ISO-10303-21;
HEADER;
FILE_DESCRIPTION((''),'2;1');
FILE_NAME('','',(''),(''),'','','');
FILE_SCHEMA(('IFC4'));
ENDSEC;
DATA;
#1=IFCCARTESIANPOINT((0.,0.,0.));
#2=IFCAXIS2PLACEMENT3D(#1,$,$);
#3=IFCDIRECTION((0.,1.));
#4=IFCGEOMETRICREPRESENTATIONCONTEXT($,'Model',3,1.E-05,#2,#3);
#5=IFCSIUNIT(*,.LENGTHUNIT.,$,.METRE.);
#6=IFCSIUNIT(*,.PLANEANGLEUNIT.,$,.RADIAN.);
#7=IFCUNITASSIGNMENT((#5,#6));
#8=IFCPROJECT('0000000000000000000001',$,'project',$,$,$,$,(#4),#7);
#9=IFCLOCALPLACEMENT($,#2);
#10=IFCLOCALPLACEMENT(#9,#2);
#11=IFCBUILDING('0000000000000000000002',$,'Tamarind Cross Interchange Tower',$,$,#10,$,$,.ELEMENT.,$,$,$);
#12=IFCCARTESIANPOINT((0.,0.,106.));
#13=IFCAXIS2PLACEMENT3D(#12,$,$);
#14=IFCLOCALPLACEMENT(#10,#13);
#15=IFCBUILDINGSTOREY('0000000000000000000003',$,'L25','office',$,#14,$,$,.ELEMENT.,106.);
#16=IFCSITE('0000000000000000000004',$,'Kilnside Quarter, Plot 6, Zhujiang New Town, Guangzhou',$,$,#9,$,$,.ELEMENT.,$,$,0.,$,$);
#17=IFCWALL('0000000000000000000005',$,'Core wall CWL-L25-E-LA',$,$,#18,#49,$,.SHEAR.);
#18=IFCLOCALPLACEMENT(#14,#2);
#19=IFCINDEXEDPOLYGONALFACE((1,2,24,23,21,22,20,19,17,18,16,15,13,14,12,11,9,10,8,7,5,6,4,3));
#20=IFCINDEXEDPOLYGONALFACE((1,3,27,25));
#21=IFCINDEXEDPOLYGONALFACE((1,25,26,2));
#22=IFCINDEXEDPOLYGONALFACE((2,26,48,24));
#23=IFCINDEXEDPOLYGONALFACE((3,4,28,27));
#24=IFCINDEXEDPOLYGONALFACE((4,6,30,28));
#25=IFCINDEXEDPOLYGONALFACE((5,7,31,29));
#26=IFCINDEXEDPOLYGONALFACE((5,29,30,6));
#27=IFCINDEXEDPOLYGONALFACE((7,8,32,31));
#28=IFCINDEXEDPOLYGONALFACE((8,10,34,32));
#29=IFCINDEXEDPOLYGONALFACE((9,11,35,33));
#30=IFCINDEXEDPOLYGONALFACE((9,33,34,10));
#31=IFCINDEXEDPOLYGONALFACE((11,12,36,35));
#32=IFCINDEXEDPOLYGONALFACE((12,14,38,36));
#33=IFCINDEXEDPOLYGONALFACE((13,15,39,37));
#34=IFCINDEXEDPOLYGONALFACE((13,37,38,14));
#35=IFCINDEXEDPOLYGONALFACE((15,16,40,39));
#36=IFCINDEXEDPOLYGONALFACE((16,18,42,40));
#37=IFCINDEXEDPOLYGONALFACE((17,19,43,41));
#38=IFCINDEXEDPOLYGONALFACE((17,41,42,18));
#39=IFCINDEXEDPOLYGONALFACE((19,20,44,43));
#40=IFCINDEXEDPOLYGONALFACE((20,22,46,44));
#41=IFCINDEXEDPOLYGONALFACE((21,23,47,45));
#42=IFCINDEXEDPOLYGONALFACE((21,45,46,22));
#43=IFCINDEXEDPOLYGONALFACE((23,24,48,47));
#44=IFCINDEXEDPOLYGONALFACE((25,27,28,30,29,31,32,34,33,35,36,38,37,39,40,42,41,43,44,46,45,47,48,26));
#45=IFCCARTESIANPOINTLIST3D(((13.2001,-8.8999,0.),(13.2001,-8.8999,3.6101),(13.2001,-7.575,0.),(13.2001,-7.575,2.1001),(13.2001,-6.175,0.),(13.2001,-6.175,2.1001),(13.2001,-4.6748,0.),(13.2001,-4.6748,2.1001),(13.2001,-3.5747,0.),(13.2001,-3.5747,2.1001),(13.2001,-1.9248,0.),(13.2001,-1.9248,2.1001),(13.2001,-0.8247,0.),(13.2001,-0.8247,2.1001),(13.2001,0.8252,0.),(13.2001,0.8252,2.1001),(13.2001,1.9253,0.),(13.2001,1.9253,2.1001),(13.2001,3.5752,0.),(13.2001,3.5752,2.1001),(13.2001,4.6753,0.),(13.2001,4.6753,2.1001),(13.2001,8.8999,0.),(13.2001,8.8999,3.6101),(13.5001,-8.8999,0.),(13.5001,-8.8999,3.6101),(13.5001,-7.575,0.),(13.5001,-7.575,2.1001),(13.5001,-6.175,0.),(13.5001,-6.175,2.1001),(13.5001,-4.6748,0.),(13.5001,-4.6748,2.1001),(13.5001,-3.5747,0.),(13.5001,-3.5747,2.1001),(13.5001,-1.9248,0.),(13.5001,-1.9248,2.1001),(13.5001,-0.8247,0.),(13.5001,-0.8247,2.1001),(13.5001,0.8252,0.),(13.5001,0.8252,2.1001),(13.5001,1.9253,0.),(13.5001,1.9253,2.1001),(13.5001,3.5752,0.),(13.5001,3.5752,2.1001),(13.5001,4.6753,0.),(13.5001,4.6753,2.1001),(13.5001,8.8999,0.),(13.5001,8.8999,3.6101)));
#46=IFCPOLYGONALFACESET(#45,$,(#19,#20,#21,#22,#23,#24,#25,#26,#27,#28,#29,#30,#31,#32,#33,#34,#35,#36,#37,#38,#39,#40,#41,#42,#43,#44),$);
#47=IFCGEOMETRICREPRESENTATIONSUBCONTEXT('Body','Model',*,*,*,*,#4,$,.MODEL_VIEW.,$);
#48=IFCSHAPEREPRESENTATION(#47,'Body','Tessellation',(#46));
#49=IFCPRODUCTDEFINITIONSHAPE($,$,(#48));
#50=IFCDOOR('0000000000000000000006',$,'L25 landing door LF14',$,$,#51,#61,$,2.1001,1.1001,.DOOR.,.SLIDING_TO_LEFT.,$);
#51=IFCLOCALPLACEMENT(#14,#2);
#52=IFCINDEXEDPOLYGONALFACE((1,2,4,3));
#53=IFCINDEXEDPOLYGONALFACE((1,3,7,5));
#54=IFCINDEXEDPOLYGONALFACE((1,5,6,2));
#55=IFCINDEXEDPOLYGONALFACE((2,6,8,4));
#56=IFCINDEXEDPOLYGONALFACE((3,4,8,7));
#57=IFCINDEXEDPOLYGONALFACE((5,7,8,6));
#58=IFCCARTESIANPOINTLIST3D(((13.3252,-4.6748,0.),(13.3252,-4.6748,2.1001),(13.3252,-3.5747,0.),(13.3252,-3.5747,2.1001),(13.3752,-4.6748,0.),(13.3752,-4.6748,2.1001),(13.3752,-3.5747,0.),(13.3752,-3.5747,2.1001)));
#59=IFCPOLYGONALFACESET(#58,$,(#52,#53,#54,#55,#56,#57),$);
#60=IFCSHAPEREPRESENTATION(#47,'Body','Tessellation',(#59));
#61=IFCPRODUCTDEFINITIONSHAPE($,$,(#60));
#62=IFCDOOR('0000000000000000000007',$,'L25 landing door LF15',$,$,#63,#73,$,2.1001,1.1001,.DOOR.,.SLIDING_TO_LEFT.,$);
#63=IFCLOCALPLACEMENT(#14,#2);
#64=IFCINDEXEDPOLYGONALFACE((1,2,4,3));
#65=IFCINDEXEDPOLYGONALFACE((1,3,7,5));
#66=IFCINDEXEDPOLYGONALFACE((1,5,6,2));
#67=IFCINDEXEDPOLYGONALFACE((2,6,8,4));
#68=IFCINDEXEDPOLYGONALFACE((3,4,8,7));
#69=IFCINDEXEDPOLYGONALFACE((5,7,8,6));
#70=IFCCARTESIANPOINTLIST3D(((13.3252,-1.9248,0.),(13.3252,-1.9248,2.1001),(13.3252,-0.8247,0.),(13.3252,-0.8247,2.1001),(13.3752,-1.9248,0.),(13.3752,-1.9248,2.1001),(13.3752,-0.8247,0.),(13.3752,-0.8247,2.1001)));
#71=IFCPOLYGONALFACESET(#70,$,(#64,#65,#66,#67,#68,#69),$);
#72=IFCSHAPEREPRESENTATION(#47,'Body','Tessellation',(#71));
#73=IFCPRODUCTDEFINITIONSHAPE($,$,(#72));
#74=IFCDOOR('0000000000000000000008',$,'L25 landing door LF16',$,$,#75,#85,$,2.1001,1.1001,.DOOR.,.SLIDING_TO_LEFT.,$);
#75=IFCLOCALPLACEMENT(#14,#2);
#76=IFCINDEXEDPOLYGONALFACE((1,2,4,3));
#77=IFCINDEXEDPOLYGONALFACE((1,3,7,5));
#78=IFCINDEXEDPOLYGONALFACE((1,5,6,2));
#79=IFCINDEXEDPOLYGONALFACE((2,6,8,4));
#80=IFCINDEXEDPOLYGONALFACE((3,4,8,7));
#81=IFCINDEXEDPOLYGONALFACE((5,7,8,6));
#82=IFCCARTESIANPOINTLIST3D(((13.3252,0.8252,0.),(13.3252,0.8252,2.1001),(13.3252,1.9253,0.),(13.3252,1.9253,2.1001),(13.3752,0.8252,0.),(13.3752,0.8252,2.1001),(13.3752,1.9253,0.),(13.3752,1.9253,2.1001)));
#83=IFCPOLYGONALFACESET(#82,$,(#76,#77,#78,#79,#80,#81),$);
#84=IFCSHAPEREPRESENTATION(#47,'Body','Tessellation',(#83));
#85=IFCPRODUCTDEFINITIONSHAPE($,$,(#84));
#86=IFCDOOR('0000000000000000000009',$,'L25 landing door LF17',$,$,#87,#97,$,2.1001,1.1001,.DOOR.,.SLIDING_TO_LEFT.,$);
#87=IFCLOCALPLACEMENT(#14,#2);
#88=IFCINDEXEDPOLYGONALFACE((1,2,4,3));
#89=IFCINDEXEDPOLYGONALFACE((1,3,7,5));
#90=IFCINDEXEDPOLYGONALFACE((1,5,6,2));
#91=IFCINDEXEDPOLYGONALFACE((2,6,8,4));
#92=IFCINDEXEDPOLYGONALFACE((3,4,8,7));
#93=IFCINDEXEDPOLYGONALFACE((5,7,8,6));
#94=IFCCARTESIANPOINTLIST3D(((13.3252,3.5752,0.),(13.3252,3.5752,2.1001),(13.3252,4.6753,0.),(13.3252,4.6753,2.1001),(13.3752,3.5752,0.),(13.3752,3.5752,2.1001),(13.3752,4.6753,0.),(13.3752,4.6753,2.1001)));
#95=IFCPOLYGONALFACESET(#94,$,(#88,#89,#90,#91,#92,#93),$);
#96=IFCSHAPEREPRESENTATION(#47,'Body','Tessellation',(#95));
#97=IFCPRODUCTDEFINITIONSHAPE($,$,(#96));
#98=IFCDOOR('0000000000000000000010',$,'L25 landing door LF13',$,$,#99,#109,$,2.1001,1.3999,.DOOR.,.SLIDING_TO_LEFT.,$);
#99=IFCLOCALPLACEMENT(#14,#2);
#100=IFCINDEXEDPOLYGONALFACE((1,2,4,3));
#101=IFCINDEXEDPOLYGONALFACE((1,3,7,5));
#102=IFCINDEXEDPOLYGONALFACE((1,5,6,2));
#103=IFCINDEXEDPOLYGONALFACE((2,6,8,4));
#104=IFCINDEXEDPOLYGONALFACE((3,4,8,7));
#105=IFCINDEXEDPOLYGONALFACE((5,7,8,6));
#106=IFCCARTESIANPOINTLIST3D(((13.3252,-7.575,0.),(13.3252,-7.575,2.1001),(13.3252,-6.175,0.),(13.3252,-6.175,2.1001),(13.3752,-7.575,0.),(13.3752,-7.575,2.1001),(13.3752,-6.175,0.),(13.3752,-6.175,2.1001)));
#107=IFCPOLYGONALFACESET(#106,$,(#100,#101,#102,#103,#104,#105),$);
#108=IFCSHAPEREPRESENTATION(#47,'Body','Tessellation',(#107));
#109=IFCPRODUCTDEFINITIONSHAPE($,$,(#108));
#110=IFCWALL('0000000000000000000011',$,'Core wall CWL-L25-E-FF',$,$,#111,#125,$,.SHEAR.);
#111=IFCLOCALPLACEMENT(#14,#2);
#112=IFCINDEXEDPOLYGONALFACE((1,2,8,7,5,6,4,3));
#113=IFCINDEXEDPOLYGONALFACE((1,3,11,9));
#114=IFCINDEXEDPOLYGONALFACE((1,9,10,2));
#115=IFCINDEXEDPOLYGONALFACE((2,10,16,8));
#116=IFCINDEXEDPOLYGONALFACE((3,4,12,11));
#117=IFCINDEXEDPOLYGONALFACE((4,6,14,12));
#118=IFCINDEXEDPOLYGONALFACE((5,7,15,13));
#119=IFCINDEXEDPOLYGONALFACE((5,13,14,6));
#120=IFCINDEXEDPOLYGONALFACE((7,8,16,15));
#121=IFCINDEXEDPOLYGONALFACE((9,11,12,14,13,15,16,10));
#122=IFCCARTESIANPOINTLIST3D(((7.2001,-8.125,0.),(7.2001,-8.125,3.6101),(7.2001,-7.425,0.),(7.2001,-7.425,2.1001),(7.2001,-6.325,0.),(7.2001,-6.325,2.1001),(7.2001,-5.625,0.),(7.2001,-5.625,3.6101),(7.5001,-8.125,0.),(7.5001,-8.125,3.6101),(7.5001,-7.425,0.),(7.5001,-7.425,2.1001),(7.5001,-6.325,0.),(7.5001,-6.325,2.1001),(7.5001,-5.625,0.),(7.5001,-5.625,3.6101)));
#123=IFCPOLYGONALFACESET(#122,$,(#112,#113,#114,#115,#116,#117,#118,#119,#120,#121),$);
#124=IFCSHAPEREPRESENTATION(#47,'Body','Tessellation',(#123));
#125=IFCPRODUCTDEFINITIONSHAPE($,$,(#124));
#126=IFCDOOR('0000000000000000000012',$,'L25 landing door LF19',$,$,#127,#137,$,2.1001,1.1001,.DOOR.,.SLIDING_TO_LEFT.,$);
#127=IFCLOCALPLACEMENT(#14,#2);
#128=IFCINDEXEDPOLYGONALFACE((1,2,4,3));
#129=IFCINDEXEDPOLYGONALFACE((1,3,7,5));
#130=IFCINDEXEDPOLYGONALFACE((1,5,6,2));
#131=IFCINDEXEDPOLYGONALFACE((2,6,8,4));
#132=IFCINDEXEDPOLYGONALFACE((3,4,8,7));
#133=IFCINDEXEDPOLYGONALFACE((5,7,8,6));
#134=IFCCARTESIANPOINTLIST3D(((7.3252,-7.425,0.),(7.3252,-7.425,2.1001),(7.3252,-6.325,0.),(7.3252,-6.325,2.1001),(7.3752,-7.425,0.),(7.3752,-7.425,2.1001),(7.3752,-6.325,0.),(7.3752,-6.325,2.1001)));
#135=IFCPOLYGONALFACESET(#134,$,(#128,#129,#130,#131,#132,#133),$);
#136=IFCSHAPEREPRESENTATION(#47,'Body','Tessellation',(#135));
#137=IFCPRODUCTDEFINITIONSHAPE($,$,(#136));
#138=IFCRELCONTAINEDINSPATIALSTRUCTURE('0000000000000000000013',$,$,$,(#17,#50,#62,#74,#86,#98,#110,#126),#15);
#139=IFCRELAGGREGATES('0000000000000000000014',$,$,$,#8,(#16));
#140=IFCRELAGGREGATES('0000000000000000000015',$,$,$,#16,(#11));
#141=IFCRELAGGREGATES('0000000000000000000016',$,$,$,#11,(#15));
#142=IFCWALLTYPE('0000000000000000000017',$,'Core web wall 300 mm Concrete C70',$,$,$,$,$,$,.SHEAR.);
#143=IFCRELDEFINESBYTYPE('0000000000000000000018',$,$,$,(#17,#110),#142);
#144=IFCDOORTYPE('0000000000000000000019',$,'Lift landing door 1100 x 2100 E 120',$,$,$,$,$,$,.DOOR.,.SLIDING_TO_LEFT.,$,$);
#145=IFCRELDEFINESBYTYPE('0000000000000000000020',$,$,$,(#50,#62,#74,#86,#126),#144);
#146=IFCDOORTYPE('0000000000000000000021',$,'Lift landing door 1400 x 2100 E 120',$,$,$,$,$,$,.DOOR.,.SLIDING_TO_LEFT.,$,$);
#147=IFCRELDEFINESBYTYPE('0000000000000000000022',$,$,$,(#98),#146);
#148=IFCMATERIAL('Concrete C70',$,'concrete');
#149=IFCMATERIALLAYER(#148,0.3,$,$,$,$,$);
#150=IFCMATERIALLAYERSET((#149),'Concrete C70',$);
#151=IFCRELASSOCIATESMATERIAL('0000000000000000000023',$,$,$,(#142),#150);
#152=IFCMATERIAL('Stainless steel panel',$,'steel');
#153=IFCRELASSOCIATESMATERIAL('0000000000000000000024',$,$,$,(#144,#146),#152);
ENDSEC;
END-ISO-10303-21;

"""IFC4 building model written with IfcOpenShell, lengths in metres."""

from ifc_helpers import new_model, si_unit, direction, frame, frame_2d, origin, place, context, subcontext, project, spatial, rectangle, extrude, material, layer, layer_set, type_object, element, fill, save


model = new_model("IFC4")

# Units and contexts
model_context = context("Model", 3, precision=1e-05, world=origin(), true_north=direction((0.0, 1.0)))
body_context = subcontext(model_context, "Body", "Model", "MODEL_VIEW")
ifc_project = project(units=[si_unit("LENGTHUNIT", "METRE"), si_unit("PLANEANGLEUNIT", "RADIAN")], contexts=[model_context])

# Site, building, storey
site_placement = place(None, origin())
site = spatial("IfcSite", under=ifc_project, at=site_placement, Name="Kilnside Quarter, Plot 6, Zhujiang New Town, Guangzhou", CompositionType="ELEMENT", RefElevation=0.0)
building_placement = place(site_placement, origin())
building = spatial("IfcBuilding", under=site, at=building_placement, Name="Tamarind Cross Interchange Tower", CompositionType="ELEMENT")
storey_placement = place(building_placement, frame((0.0, 0.0, 106.0)))
storey = spatial("IfcBuildingStorey", under=building, at=storey_placement, Name="L25", Description="office", CompositionType="ELEMENT", Elevation=106.0)

# Wall, openings, doors
ifc_material_1 = material(Name="Concrete C70", Category="concrete")
ifc_layer_1 = layer(ifc_material_1, 0.3)
ifc_layer_set_1 = layer_set([ifc_layer_1], Name="Concrete C70")
wall_type_1 = type_object("IfcWallType", Name="Core web wall 300 mm Concrete C70", PredefinedType="SHEAR", material=ifc_layer_set_1)
wall_1_placement = place(storey_placement, frame((13.3501, -8.8999, 0.0), z_axis=(0.0, 0.0, 1.0), x_axis=(0.0, 1.0, 0.0)))
wall_1 = element("IfcWall", 1, at=wall_1_placement, inside=storey, type_object=wall_type_1, Name="Core wall CWL-L25-E-LA", PredefinedType="SHEAR", context=body_context, shape_type="SweptSolid", body=[
    extrude(rectangle(XDim=17.7998, YDim=0.3, at=frame_2d((8.8999, 0.0))), origin(), (0.0, 0.0, 1.0), 3.6101),
])
opening_1_placement = place(wall_1_placement, frame((1.325, 0.0, 0.0)))
opening_1 = element("IfcOpeningElement", 2, at=opening_1_placement, cuts=wall_1, PredefinedType="OPENING", context=body_context, shape_type="SweptSolid", body=[
    extrude(rectangle(XDim=1.3999, YDim=2.1001, at=frame_2d((0.7, 1.05))), frame((0.0, 0.1599, 0.0), z_axis=(0.0, -1.0, 0.0), x_axis=(1.0, 0.0, 0.0)), (0.0, 0.0, 1.0), 0.3201),
])
opening_2_placement = place(wall_1_placement, frame((4.2251, 0.0, 0.0)))
opening_2 = element("IfcOpeningElement", 3, at=opening_2_placement, cuts=wall_1, PredefinedType="OPENING", context=body_context, shape_type="SweptSolid", body=[
    extrude(rectangle(XDim=1.1001, YDim=2.1001, at=frame_2d((0.55, 1.05))), frame((0.0, 0.1599, 0.0), z_axis=(0.0, -1.0, 0.0), x_axis=(1.0, 0.0, 0.0)), (0.0, 0.0, 1.0), 0.3201),
])
opening_3_placement = place(wall_1_placement, frame((6.9751, 0.0, 0.0)))
opening_3 = element("IfcOpeningElement", 4, at=opening_3_placement, cuts=wall_1, PredefinedType="OPENING", context=body_context, shape_type="SweptSolid", body=[
    extrude(rectangle(XDim=1.1001, YDim=2.1001, at=frame_2d((0.55, 1.05))), frame((0.0, 0.1599, 0.0), z_axis=(0.0, -1.0, 0.0), x_axis=(1.0, 0.0, 0.0)), (0.0, 0.0, 1.0), 0.3201),
])
opening_4_placement = place(wall_1_placement, frame((9.7251, 0.0, 0.0)))
opening_4 = element("IfcOpeningElement", 5, at=opening_4_placement, cuts=wall_1, PredefinedType="OPENING", context=body_context, shape_type="SweptSolid", body=[
    extrude(rectangle(XDim=1.1001, YDim=2.1001, at=frame_2d((0.55, 1.05))), frame((0.0, 0.1599, 0.0), z_axis=(0.0, -1.0, 0.0), x_axis=(1.0, 0.0, 0.0)), (0.0, 0.0, 1.0), 0.3201),
])
opening_5_placement = place(wall_1_placement, frame((12.4751, 0.0, 0.0)))
opening_5 = element("IfcOpeningElement", 6, at=opening_5_placement, cuts=wall_1, PredefinedType="OPENING", context=body_context, shape_type="SweptSolid", body=[
    extrude(rectangle(XDim=1.1001, YDim=2.1001, at=frame_2d((0.55, 1.05))), frame((0.0, 0.1599, 0.0), z_axis=(0.0, -1.0, 0.0), x_axis=(1.0, 0.0, 0.0)), (0.0, 0.0, 1.0), 0.3201),
])
ifc_material_2 = material(Name="Stainless steel panel", Category="steel")
door_type_1 = type_object("IfcDoorType", Name="Lift landing door 1100 x 2100 E 120", OperationType="SLIDING_TO_LEFT", PredefinedType="DOOR", material=ifc_material_2)
door_1_placement = place(opening_2_placement, origin())
door_1 = element("IfcDoor", 7, at=door_1_placement, inside=storey, type_object=door_type_1, Name="L25 landing door LF14", OperationType="SLIDING_TO_LEFT", OverallHeight=2.1001, OverallWidth=1.1001, PredefinedType="DOOR", context=body_context, shape_type="SweptSolid", body=[
    extrude(rectangle(XDim=1.1001, YDim=2.1001, at=frame_2d((0.55, 1.05))), frame((0.0, 0.0249, 0.0), z_axis=(0.0, -1.0, 0.0), x_axis=(1.0, 0.0, 0.0)), (0.0, 0.0, 1.0), 0.05),
])
fill(opening_2, door_1)
door_2_placement = place(opening_3_placement, origin())
door_2 = element("IfcDoor", 8, at=door_2_placement, inside=storey, type_object=door_type_1, Name="L25 landing door LF15", OperationType="SLIDING_TO_LEFT", OverallHeight=2.1001, OverallWidth=1.1001, PredefinedType="DOOR", context=body_context, shape_type="SweptSolid", body=[
    extrude(rectangle(XDim=1.1001, YDim=2.1001, at=frame_2d((0.55, 1.05))), frame((0.0, 0.0249, 0.0), z_axis=(0.0, -1.0, 0.0), x_axis=(1.0, 0.0, 0.0)), (0.0, 0.0, 1.0), 0.05),
])
fill(opening_3, door_2)
door_3_placement = place(opening_4_placement, origin())
door_3 = element("IfcDoor", 9, at=door_3_placement, inside=storey, type_object=door_type_1, Name="L25 landing door LF16", OperationType="SLIDING_TO_LEFT", OverallHeight=2.1001, OverallWidth=1.1001, PredefinedType="DOOR", context=body_context, shape_type="SweptSolid", body=[
    extrude(rectangle(XDim=1.1001, YDim=2.1001, at=frame_2d((0.55, 1.05))), frame((0.0, 0.0249, 0.0), z_axis=(0.0, -1.0, 0.0), x_axis=(1.0, 0.0, 0.0)), (0.0, 0.0, 1.0), 0.05),
])
fill(opening_4, door_3)
door_4_placement = place(opening_5_placement, origin())
door_4 = element("IfcDoor", 10, at=door_4_placement, inside=storey, type_object=door_type_1, Name="L25 landing door LF17", OperationType="SLIDING_TO_LEFT", OverallHeight=2.1001, OverallWidth=1.1001, PredefinedType="DOOR", context=body_context, shape_type="SweptSolid", body=[
    extrude(rectangle(XDim=1.1001, YDim=2.1001, at=frame_2d((0.55, 1.05))), frame((0.0, 0.0249, 0.0), z_axis=(0.0, -1.0, 0.0), x_axis=(1.0, 0.0, 0.0)), (0.0, 0.0, 1.0), 0.05),
])
fill(opening_5, door_4)
door_type_2 = type_object("IfcDoorType", Name="Lift landing door 1400 x 2100 E 120", OperationType="SLIDING_TO_LEFT", PredefinedType="DOOR", material=ifc_material_2)
door_5_placement = place(opening_1_placement, origin())
door_5 = element("IfcDoor", 11, at=door_5_placement, inside=storey, type_object=door_type_2, Name="L25 landing door LF13", OperationType="SLIDING_TO_LEFT", OverallHeight=2.1001, OverallWidth=1.3999, PredefinedType="DOOR", context=body_context, shape_type="SweptSolid", body=[
    extrude(rectangle(XDim=1.3999, YDim=2.1001, at=frame_2d((0.7, 1.05))), frame((0.0, 0.0249, 0.0), z_axis=(0.0, -1.0, 0.0), x_axis=(1.0, 0.0, 0.0)), (0.0, 0.0, 1.0), 0.05),
])
fill(opening_1, door_5)

# Wall, opening, door
wall_2_placement = place(storey_placement, frame((7.3501, -8.125, 0.0), z_axis=(0.0, 0.0, 1.0), x_axis=(0.0, 1.0, 0.0)))
wall_2 = element("IfcWall", 12, at=wall_2_placement, inside=storey, type_object=wall_type_1, Name="Core wall CWL-L25-E-FF", PredefinedType="SHEAR", context=body_context, shape_type="SweptSolid", body=[
    extrude(rectangle(XDim=2.5, YDim=0.3, at=frame_2d((1.25, 0.0))), origin(), (0.0, 0.0, 1.0), 3.6101),
])
opening_6_placement = place(wall_2_placement, frame((0.7, 0.0, 0.0)))
opening_6 = element("IfcOpeningElement", 13, at=opening_6_placement, cuts=wall_2, PredefinedType="OPENING", context=body_context, shape_type="SweptSolid", body=[
    extrude(rectangle(XDim=1.1001, YDim=2.1001, at=frame_2d((0.55, 1.05))), frame((0.0, 0.1599, 0.0), z_axis=(0.0, -1.0, 0.0), x_axis=(1.0, 0.0, 0.0)), (0.0, 0.0, 1.0), 0.3201),
])
door_6_placement = place(opening_6_placement, origin())
door_6 = element("IfcDoor", 14, at=door_6_placement, inside=storey, type_object=door_type_1, Name="L25 landing door LF19", OperationType="SLIDING_TO_LEFT", OverallHeight=2.1001, OverallWidth=1.1001, PredefinedType="DOOR", context=body_context, shape_type="SweptSolid", body=[
    extrude(rectangle(XDim=1.1001, YDim=2.1001, at=frame_2d((0.55, 1.05))), frame((0.0, 0.0249, 0.0), z_axis=(0.0, -1.0, 0.0), x_axis=(1.0, 0.0, 0.0)), (0.0, 0.0, 1.0), 0.05),
])
fill(opening_6, door_6)

save(model, "model.ifc")
